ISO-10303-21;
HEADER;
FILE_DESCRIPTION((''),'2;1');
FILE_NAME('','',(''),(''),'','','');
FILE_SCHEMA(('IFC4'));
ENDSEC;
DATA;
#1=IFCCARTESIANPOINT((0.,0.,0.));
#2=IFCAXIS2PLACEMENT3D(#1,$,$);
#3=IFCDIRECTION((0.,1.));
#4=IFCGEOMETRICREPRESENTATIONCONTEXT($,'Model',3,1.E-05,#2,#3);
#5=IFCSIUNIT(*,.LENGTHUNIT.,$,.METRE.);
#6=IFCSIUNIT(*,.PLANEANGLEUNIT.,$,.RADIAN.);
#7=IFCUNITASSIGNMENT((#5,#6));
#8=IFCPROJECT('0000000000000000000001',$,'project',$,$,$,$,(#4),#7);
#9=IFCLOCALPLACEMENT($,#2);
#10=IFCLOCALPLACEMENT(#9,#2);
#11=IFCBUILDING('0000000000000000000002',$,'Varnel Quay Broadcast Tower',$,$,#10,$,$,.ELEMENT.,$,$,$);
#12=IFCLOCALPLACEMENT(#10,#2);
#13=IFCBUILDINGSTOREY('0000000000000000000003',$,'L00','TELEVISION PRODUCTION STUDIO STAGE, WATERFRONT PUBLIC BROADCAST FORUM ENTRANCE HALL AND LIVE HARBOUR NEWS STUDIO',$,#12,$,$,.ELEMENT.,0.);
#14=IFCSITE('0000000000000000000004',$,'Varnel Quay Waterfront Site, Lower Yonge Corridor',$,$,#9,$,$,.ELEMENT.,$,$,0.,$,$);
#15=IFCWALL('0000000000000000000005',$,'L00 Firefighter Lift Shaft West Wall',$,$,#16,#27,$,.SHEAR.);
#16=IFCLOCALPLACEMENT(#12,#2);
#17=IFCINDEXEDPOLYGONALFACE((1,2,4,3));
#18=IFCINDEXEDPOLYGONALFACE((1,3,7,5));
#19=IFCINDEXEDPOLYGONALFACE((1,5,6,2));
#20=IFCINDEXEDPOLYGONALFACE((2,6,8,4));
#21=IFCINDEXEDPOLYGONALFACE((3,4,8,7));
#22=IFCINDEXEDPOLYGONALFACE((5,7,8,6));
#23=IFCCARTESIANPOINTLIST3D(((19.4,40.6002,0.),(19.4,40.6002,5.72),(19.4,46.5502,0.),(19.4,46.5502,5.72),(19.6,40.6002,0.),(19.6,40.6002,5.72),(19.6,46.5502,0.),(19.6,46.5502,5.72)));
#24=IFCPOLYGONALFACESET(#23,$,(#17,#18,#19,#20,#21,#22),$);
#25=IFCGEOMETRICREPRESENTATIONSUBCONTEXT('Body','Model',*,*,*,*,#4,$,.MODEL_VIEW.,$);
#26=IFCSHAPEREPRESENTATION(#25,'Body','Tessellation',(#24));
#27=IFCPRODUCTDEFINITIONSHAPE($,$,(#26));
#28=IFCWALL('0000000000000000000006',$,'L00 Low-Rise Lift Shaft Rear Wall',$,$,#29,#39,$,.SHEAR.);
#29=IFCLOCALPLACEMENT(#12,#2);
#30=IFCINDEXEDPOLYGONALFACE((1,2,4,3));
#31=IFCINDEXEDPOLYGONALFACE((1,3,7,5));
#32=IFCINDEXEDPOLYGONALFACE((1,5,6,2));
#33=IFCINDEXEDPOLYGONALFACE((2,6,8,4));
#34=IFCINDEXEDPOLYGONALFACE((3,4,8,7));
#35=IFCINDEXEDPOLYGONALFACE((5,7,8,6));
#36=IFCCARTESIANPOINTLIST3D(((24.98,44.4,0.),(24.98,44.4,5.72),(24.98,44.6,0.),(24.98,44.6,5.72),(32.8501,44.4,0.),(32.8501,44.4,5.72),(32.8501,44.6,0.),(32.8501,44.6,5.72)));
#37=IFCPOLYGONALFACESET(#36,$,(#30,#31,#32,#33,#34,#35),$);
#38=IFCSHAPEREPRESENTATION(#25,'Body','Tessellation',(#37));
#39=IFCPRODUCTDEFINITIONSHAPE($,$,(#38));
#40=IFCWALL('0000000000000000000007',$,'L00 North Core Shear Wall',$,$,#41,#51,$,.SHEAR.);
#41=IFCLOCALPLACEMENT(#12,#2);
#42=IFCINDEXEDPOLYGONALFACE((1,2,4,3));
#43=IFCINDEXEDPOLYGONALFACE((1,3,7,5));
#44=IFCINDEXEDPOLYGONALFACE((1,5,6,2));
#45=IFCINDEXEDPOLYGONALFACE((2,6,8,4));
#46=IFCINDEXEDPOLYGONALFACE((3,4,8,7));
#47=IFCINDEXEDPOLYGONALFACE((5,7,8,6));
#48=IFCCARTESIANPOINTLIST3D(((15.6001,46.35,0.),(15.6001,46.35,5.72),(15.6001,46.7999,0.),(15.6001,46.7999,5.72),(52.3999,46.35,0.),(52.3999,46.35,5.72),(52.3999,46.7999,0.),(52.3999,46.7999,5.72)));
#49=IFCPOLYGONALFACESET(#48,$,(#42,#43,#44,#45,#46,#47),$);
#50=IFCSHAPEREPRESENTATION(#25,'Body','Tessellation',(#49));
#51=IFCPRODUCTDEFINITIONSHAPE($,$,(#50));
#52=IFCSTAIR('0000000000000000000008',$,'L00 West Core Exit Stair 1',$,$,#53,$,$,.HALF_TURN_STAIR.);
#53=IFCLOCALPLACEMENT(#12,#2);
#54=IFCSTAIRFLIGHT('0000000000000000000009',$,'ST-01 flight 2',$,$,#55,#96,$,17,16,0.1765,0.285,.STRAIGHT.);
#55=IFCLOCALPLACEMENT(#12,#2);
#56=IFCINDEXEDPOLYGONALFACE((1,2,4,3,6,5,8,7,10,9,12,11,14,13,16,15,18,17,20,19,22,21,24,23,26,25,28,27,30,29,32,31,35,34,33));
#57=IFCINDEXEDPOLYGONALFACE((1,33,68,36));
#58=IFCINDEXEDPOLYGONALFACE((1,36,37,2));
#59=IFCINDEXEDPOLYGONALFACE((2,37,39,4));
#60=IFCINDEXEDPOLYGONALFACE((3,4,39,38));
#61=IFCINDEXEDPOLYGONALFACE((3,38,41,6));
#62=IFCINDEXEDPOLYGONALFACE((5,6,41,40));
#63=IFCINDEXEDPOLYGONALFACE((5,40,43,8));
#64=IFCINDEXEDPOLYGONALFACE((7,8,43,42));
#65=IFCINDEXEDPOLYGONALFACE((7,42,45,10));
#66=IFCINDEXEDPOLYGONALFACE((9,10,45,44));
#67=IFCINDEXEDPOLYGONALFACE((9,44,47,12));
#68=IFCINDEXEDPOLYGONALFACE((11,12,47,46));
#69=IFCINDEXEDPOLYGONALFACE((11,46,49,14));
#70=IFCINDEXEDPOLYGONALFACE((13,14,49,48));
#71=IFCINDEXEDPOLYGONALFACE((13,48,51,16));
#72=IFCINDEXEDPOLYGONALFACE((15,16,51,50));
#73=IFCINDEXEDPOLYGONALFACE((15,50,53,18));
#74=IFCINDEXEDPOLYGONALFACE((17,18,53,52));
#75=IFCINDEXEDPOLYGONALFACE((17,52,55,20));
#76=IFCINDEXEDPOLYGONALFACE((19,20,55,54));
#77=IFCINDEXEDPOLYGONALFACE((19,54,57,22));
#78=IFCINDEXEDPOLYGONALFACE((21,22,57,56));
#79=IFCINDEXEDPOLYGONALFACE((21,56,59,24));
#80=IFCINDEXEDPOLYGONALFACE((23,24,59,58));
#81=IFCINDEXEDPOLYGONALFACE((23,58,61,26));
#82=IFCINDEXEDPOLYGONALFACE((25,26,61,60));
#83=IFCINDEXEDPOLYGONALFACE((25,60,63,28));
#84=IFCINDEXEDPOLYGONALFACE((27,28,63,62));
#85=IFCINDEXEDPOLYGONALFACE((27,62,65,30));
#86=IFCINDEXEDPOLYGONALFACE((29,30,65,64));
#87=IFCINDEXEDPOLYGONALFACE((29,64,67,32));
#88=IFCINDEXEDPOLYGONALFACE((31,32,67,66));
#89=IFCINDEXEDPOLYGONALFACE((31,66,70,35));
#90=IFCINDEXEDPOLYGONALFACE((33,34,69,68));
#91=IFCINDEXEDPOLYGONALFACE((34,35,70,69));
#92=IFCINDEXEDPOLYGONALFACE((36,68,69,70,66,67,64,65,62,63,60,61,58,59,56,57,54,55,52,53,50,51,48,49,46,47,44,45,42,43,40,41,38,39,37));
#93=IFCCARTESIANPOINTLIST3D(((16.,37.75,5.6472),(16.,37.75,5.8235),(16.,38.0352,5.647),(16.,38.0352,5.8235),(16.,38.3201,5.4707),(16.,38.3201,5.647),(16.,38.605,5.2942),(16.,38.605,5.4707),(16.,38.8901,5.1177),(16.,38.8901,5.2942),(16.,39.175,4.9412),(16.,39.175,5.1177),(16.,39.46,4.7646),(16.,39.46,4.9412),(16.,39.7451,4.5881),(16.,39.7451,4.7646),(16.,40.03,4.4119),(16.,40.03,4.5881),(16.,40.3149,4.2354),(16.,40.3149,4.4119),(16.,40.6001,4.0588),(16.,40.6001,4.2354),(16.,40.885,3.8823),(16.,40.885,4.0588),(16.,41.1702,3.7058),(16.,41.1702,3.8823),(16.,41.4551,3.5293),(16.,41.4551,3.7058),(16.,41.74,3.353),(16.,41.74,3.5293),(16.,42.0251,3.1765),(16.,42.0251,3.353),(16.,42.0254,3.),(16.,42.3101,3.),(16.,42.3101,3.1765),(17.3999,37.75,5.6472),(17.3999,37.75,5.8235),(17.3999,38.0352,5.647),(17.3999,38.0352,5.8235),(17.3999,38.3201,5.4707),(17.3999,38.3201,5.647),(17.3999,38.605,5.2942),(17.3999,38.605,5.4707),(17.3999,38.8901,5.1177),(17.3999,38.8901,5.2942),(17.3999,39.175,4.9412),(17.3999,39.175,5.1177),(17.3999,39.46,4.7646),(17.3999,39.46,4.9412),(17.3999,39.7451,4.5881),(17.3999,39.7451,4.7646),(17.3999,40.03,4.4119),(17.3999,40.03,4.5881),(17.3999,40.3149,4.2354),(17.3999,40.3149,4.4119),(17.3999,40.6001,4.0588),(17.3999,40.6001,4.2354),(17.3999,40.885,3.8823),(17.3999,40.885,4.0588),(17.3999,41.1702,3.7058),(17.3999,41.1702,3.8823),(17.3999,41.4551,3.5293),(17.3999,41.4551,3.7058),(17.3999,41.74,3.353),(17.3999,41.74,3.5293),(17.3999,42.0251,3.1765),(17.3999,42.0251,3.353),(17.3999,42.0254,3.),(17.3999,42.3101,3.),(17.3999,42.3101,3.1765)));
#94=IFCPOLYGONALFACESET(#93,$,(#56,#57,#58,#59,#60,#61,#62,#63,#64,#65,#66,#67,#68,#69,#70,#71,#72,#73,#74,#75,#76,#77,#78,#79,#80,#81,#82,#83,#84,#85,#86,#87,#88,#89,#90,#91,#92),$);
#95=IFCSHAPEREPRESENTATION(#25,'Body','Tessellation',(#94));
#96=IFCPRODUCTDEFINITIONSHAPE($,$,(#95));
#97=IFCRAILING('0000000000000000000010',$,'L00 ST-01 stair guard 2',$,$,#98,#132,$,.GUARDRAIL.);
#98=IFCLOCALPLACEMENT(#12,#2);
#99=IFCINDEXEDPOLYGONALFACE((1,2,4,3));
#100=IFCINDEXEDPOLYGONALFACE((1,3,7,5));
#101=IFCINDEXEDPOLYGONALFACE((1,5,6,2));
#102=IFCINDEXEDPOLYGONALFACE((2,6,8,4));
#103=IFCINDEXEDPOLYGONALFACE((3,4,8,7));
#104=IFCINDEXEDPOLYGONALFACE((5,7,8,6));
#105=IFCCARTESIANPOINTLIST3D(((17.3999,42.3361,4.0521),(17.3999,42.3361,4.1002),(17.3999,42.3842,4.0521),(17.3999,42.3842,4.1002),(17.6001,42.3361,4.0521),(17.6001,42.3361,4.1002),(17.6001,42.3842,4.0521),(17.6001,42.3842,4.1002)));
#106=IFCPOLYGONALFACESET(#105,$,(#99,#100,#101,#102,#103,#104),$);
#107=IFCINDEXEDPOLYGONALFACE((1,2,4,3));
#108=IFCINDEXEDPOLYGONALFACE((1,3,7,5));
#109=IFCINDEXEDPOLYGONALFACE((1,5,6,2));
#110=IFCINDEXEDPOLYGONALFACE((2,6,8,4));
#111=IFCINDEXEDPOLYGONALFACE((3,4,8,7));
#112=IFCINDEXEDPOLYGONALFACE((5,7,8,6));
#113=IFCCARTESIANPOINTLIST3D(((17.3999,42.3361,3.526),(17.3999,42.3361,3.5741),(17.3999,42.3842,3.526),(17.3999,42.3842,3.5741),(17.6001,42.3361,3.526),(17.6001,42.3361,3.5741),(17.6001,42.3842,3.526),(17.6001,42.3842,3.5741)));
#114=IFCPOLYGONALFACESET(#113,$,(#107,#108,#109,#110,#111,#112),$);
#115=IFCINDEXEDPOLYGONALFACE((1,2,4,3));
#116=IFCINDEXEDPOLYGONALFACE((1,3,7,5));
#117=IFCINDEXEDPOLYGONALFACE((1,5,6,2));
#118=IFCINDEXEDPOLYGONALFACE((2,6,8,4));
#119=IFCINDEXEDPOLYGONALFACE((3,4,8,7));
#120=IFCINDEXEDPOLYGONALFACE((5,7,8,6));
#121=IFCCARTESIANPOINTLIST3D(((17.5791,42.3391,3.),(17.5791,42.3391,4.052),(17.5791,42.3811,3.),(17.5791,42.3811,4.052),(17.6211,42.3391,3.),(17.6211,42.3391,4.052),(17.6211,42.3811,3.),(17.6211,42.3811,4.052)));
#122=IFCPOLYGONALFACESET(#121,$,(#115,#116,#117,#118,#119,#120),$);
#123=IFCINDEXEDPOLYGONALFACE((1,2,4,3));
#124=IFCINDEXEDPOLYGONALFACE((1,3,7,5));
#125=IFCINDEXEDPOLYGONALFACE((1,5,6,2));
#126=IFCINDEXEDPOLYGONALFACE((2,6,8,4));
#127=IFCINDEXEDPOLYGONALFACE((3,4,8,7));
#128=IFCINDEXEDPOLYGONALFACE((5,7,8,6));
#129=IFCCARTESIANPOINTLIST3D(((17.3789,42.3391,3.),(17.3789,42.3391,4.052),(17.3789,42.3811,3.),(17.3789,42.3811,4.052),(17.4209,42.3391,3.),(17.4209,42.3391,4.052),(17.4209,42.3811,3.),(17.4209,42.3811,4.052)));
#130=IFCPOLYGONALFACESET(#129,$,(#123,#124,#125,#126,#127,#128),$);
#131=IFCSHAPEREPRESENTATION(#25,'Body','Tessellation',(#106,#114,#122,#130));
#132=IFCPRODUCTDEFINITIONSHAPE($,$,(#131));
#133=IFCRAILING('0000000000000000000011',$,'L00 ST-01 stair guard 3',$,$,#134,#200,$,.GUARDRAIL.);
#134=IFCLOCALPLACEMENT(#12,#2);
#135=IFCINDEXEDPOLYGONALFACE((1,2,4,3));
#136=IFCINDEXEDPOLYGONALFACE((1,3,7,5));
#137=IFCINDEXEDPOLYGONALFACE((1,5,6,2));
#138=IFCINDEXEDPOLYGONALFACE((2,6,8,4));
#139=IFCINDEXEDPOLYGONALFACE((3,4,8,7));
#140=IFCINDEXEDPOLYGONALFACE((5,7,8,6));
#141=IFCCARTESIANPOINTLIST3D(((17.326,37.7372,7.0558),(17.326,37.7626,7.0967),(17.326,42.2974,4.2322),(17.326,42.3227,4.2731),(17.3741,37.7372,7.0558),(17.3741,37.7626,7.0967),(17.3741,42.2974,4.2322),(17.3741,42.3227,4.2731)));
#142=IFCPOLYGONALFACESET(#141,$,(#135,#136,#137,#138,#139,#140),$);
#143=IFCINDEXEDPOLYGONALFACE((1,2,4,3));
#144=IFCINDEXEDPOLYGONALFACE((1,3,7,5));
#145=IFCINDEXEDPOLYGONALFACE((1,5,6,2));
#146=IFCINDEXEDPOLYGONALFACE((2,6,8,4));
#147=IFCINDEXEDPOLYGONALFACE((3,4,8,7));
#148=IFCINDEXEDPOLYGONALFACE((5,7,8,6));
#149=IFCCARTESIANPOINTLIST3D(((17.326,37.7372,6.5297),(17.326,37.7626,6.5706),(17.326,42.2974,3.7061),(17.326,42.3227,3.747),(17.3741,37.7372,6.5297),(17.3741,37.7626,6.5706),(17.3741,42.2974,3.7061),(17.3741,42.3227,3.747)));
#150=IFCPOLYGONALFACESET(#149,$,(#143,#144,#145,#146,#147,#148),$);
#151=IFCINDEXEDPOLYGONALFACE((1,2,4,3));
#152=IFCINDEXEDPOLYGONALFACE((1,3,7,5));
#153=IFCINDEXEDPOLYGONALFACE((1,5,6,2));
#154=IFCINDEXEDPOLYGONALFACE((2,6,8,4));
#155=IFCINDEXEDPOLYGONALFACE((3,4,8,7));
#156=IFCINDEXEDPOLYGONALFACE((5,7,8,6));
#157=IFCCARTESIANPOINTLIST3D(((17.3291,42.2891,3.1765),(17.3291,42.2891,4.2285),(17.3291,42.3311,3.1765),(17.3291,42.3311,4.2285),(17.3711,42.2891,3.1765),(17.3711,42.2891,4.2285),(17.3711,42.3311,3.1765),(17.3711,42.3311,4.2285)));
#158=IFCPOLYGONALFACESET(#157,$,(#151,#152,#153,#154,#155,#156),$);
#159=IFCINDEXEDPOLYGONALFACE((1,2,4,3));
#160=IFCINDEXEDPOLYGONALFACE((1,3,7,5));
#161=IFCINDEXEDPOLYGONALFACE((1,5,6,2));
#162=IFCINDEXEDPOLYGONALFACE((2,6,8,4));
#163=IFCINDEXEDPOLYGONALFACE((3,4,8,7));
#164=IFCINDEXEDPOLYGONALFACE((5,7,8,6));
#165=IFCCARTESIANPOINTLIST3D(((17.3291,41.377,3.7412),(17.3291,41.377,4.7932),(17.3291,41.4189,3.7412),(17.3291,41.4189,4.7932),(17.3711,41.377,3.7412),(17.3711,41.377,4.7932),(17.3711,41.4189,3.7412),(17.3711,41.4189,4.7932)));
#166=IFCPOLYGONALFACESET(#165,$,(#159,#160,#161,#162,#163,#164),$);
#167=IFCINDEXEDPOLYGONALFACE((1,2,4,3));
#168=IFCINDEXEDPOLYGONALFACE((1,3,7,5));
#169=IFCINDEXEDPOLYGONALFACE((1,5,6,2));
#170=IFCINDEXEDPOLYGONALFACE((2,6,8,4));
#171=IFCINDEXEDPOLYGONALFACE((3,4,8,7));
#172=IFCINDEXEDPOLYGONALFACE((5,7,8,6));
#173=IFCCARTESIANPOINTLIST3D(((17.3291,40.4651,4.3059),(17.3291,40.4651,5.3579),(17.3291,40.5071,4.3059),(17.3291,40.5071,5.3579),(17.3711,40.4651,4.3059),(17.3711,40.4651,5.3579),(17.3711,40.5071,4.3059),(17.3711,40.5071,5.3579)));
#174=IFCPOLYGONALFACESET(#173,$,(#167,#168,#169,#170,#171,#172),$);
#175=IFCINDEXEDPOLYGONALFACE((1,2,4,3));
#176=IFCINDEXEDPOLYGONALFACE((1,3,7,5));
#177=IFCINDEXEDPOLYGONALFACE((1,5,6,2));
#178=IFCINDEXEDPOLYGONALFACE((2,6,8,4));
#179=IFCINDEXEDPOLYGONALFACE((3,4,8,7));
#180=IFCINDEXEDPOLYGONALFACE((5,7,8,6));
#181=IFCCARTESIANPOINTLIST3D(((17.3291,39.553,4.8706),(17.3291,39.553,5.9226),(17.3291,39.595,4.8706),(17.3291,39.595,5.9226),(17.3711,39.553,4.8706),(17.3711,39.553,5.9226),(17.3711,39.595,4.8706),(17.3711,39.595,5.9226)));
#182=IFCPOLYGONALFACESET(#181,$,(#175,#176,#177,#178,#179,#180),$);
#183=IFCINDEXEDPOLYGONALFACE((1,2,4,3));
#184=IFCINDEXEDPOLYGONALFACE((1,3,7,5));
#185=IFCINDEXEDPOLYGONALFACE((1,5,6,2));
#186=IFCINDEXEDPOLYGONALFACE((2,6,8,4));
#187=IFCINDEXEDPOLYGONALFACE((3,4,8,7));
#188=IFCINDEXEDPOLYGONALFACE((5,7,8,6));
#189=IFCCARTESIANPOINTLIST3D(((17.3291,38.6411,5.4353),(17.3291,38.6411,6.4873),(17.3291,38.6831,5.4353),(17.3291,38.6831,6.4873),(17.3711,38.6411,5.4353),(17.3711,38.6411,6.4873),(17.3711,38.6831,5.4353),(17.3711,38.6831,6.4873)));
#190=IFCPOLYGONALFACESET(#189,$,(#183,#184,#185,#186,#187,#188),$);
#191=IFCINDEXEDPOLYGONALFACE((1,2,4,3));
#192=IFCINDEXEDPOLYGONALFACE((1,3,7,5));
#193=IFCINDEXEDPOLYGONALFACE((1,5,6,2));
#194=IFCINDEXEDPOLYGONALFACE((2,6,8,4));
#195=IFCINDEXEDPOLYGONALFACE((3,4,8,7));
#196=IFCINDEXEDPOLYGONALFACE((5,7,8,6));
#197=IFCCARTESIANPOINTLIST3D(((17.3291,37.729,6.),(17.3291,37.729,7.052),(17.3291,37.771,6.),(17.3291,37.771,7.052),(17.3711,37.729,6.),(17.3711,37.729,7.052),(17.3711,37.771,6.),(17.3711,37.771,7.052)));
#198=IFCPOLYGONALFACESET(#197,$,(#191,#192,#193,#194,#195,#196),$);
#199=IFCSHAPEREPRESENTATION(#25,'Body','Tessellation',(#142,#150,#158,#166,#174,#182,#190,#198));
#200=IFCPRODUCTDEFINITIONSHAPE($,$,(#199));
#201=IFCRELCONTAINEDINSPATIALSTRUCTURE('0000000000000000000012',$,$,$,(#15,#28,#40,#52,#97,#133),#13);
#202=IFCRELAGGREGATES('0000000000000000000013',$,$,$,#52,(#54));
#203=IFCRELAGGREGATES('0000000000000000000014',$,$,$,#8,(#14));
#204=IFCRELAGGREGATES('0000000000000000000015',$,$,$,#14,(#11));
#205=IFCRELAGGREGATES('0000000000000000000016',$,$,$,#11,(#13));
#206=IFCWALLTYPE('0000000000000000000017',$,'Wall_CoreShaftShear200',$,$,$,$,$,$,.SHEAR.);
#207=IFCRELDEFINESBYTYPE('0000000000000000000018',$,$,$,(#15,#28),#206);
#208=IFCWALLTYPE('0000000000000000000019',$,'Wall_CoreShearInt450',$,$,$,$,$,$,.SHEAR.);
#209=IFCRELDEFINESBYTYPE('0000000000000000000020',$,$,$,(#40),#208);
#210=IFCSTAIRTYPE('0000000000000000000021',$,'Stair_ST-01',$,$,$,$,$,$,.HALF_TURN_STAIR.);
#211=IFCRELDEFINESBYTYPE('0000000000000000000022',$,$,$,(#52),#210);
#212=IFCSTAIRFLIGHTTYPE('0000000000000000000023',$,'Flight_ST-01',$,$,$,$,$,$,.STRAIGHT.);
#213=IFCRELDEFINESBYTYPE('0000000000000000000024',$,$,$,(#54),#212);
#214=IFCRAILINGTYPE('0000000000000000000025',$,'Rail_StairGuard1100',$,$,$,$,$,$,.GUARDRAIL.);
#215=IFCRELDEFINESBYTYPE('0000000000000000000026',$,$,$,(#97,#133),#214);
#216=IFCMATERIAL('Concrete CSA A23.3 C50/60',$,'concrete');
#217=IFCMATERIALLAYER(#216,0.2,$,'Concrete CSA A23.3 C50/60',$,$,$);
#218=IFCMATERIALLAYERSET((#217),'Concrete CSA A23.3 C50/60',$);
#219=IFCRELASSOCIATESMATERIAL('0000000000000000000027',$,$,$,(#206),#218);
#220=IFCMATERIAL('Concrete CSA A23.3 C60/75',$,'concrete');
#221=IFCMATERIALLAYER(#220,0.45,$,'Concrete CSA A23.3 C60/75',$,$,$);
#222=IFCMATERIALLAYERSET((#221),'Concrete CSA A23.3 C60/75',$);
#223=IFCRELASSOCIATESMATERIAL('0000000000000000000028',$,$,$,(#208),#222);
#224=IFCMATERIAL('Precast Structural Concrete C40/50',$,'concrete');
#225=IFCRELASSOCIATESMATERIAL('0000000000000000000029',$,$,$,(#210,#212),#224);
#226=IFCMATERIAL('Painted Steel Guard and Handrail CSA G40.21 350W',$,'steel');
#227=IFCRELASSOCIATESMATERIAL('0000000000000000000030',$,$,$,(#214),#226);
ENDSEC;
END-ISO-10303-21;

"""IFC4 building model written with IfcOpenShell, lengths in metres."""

from ifc_helpers import new_model, si_unit, direction, frame, frame_2d, origin, origin_2d, place, context, subcontext, project, spatial, polyline, rectangle, outline, extrude, material, layer, layer_set, type_object, element, aggregate, save


model = new_model("IFC4")

# Units and contexts
model_context = context("Model", 3, precision=1e-05, world=origin(), true_north=direction((0.0, 1.0)))
body_context = subcontext(model_context, "Body", "Model", "MODEL_VIEW")
ifc_project = project(units=[si_unit("LENGTHUNIT", "METRE"), si_unit("PLANEANGLEUNIT", "RADIAN")], contexts=[model_context])

# Site, building, storey
site_placement = place(None, origin())
site = spatial("IfcSite", under=ifc_project, at=site_placement, Name="Varnel Quay Waterfront Site, Lower Yonge Corridor", CompositionType="ELEMENT", RefElevation=0.0)
building_placement = place(site_placement, origin())
building = spatial("IfcBuilding", under=site, at=building_placement, Name="Varnel Quay Broadcast Tower", CompositionType="ELEMENT")
storey_placement = place(building_placement, origin())
storey = spatial("IfcBuildingStorey", under=building, at=storey_placement, Name="L00", Description="TELEVISION PRODUCTION STUDIO STAGE, WATERFRONT PUBLIC BROADCAST FORUM ENTRANCE HALL AND LIVE HARBOUR NEWS STUDIO", CompositionType="ELEMENT", Elevation=0.0)

# Walls
ifc_material_1 = material(Name="Concrete CSA A23.3 C50/60", Category="concrete")
ifc_layer_1 = layer(ifc_material_1, 0.2, Name="Concrete CSA A23.3 C50/60")
ifc_layer_set_1 = layer_set([ifc_layer_1], Name="Concrete CSA A23.3 C50/60")
wall_type_1 = type_object("IfcWallType", Name="Wall_CoreShaftShear200", PredefinedType="SHEAR", material=ifc_layer_set_1)
wall_1_placement = place(storey_placement, frame((19.5, 40.6001, 0.0), z_axis=(0.0, 0.0, 1.0), x_axis=(0.0, 1.0, 0.0)))
element("IfcWall", 1, at=wall_1_placement, inside=storey, type_object=wall_type_1, Name="L00 Firefighter Lift Shaft West Wall", PredefinedType="SHEAR", context=body_context, shape_type="SweptSolid", body=[
    extrude(rectangle(XDim=5.95, YDim=0.2, at=frame_2d((2.9751, 0.0))), origin(), (0.0, 0.0, 1.0), 5.72),
])
wall_2_placement = place(storey_placement, frame((24.98, 44.5, 0.0), z_axis=(0.0, 0.0, 1.0), x_axis=(1.0, 0.0, 0.0)))
element("IfcWall", 2, at=wall_2_placement, inside=storey, type_object=wall_type_1, Name="L00 Low-Rise Lift Shaft Rear Wall", PredefinedType="SHEAR", context=body_context, shape_type="SweptSolid", body=[
    extrude(rectangle(XDim=7.8701, YDim=0.2, at=frame_2d((3.9351, 0.0))), origin(), (0.0, 0.0, 1.0), 5.72),
])

# Wall
ifc_material_2 = material(Name="Concrete CSA A23.3 C60/75", Category="concrete")
ifc_layer_2 = layer(ifc_material_2, 0.45, Name="Concrete CSA A23.3 C60/75")
ifc_layer_set_2 = layer_set([ifc_layer_2], Name="Concrete CSA A23.3 C60/75")
wall_type_2 = type_object("IfcWallType", Name="Wall_CoreShearInt450", PredefinedType="SHEAR", material=ifc_layer_set_2)
wall_3_placement = place(storey_placement, frame((15.6001, 46.575, 0.0), z_axis=(0.0, 0.0, 1.0), x_axis=(1.0, 0.0, 0.0)))
element("IfcWall", 3, at=wall_3_placement, inside=storey, type_object=wall_type_2, Name="L00 North Core Shear Wall", PredefinedType="SHEAR", context=body_context, shape_type="SweptSolid", body=[
    extrude(rectangle(XDim=36.7998, YDim=0.45, at=frame_2d((18.3999, 0.0))), origin(), (0.0, 0.0, 1.0), 5.72),
])

# Stair, stair flight
ifc_material_3 = material(Name="Precast Structural Concrete C40/50", Category="concrete")
stair_type = type_object("IfcStairType", Name="Stair_ST-01", PredefinedType="HALF_TURN_STAIR", material=ifc_material_3)
stair_placement = place(storey_placement, origin())
stair = element("IfcStair", 4, at=stair_placement, inside=storey, type_object=stair_type, Name="L00 West Core Exit Stair 1", PredefinedType="HALF_TURN_STAIR")
stair_flight_type = type_object("IfcStairFlightType", Name="Flight_ST-01", PredefinedType="STRAIGHT", material=ifc_material_3)
stair_flight_placement = place(storey_placement, frame((16.7, 42.3101, 3.0), z_axis=(0.0, 0.0, 1.0), x_axis=(0.0, -1.0, 0.0)))
stair_flight = element("IfcStairFlight", 5, at=stair_flight_placement, type_object=stair_flight_type, Name="ST-01 flight 2", NumberOfRisers=17, NumberOfTreads=16, PredefinedType="STRAIGHT", RiserHeight=0.1765, TreadLength=0.285, context=body_context, shape_type="SweptSolid", body=[
    extrude(outline(polyline([(0.0, 0.0), (0.0, 0.1765), (0.2849, 0.1765), (0.2849, 0.353), (0.5701, 0.353), (0.5701, 0.5293), (0.855, 0.5293), (0.855, 0.7058), (1.1399, 0.7058), (1.1399, 0.8823), (1.425, 0.8823), (1.425, 1.0588), (1.71, 1.0588), (1.71, 1.2354), (1.9951, 1.2354), (1.9951, 1.4119), (2.28, 1.4119), (2.28, 1.5881), (2.5649, 1.5881), (2.5649, 1.7646), (2.8501, 1.7646), (2.8501, 1.9412), (3.135, 1.9412), (3.135, 2.1177), (3.4199, 2.1177), (3.4199, 2.2942), (3.7051, 2.2942), (3.7051, 2.4707), (3.99, 2.4707), (3.99, 2.647), (4.2749, 2.647), (4.2749, 2.8235), (4.5601, 2.8235), (4.5601, 3.0), (4.5601, 2.6472), (0.2847, 0.0), (0.0, 0.0)])), frame((0.0, 0.7, 0.0), z_axis=(0.0, -1.0, 0.0), x_axis=(1.0, 0.0, 0.0)), (0.0, 0.0, 1.0), 1.3999),
])
aggregate(stair, [stair_flight])

# Railings
ifc_material_4 = material(Name="Painted Steel Guard and Handrail CSA G40.21 350W", Category="steel")
railing_type_1 = type_object("IfcRailingType", Name="Rail_StairGuard1100", PredefinedType="GUARDRAIL", material=ifc_material_4)
railing_1_placement = place(storey_placement, frame((17.6001, 42.3601, 3.0)))
element("IfcRailing", 6, at=railing_1_placement, inside=storey, type_object=railing_type_1, Name="L00 ST-01 stair guard 2", PredefinedType="GUARDRAIL", context=body_context, shape_type="SweptSolid", body=[
    extrude(rectangle(XDim=0.0481, YDim=0.0481, at=origin_2d()), frame((0.0, 0.0, 1.0762), z_axis=(-1.0, 0.0, 0.0), x_axis=(0.0, -1.0, 0.0)), (0.0, 0.0, 1.0), 0.2002),
    extrude(rectangle(XDim=0.0481, YDim=0.0481, at=origin_2d()), frame((0.0, 0.0, 0.55), z_axis=(-1.0, 0.0, 0.0), x_axis=(0.0, -1.0, 0.0)), (0.0, 0.0, 1.0), 0.2002),
    extrude(rectangle(XDim=0.042, YDim=0.042, at=origin_2d()), origin(), (0.0, 0.0, 1.0), 1.052),
    extrude(rectangle(XDim=0.042, YDim=0.042, at=origin_2d()), frame((-0.2002, 0.0, 0.0)), (0.0, 0.0, 1.0), 1.052),
])
railing_2_placement = place(storey_placement, frame((17.3501, 42.3101, 3.1765)))
element("IfcRailing", 7, at=railing_2_placement, inside=storey, type_object=railing_type_1, Name="L00 ST-01 stair guard 3", PredefinedType="GUARDRAIL", context=body_context, shape_type="SweptSolid", body=[
    extrude(rectangle(XDim=0.0481, YDim=0.0481, at=origin_2d()), frame((0.0, 0.0, 1.0762), z_axis=(0.0, -0.850216, 0.526435), x_axis=(1.0, 0.0, 0.0)), (0.0, 0.0, 1.0), 5.3635),
    extrude(rectangle(XDim=0.0481, YDim=0.0481, at=origin_2d()), frame((0.0, 0.0, 0.55), z_axis=(0.0, -0.850216, 0.526435), x_axis=(1.0, 0.0, 0.0)), (0.0, 0.0, 1.0), 5.3635),
    extrude(rectangle(XDim=0.042, YDim=0.042, at=origin_2d()), origin(), (0.0, 0.0, 1.0), 1.052),
    extrude(rectangle(XDim=0.042, YDim=0.042, at=origin_2d()), frame((0.0, -0.9121, 0.5647)), (0.0, 0.0, 1.0), 1.052),
    extrude(rectangle(XDim=0.042, YDim=0.042, at=origin_2d()), frame((0.0, -1.824, 1.1294)), (0.0, 0.0, 1.0), 1.052),
    extrude(rectangle(XDim=0.042, YDim=0.042, at=origin_2d()), frame((0.0, -2.7361, 1.6941)), (0.0, 0.0, 1.0), 1.052),
    extrude(rectangle(XDim=0.042, YDim=0.042, at=origin_2d()), frame((0.0, -3.6479, 2.2588)), (0.0, 0.0, 1.0), 1.052),
    extrude(rectangle(XDim=0.042, YDim=0.042, at=origin_2d()), frame((0.0, -4.5601, 2.8235)), (0.0, 0.0, 1.0), 1.052),
])

save(model, "model.ifc")
